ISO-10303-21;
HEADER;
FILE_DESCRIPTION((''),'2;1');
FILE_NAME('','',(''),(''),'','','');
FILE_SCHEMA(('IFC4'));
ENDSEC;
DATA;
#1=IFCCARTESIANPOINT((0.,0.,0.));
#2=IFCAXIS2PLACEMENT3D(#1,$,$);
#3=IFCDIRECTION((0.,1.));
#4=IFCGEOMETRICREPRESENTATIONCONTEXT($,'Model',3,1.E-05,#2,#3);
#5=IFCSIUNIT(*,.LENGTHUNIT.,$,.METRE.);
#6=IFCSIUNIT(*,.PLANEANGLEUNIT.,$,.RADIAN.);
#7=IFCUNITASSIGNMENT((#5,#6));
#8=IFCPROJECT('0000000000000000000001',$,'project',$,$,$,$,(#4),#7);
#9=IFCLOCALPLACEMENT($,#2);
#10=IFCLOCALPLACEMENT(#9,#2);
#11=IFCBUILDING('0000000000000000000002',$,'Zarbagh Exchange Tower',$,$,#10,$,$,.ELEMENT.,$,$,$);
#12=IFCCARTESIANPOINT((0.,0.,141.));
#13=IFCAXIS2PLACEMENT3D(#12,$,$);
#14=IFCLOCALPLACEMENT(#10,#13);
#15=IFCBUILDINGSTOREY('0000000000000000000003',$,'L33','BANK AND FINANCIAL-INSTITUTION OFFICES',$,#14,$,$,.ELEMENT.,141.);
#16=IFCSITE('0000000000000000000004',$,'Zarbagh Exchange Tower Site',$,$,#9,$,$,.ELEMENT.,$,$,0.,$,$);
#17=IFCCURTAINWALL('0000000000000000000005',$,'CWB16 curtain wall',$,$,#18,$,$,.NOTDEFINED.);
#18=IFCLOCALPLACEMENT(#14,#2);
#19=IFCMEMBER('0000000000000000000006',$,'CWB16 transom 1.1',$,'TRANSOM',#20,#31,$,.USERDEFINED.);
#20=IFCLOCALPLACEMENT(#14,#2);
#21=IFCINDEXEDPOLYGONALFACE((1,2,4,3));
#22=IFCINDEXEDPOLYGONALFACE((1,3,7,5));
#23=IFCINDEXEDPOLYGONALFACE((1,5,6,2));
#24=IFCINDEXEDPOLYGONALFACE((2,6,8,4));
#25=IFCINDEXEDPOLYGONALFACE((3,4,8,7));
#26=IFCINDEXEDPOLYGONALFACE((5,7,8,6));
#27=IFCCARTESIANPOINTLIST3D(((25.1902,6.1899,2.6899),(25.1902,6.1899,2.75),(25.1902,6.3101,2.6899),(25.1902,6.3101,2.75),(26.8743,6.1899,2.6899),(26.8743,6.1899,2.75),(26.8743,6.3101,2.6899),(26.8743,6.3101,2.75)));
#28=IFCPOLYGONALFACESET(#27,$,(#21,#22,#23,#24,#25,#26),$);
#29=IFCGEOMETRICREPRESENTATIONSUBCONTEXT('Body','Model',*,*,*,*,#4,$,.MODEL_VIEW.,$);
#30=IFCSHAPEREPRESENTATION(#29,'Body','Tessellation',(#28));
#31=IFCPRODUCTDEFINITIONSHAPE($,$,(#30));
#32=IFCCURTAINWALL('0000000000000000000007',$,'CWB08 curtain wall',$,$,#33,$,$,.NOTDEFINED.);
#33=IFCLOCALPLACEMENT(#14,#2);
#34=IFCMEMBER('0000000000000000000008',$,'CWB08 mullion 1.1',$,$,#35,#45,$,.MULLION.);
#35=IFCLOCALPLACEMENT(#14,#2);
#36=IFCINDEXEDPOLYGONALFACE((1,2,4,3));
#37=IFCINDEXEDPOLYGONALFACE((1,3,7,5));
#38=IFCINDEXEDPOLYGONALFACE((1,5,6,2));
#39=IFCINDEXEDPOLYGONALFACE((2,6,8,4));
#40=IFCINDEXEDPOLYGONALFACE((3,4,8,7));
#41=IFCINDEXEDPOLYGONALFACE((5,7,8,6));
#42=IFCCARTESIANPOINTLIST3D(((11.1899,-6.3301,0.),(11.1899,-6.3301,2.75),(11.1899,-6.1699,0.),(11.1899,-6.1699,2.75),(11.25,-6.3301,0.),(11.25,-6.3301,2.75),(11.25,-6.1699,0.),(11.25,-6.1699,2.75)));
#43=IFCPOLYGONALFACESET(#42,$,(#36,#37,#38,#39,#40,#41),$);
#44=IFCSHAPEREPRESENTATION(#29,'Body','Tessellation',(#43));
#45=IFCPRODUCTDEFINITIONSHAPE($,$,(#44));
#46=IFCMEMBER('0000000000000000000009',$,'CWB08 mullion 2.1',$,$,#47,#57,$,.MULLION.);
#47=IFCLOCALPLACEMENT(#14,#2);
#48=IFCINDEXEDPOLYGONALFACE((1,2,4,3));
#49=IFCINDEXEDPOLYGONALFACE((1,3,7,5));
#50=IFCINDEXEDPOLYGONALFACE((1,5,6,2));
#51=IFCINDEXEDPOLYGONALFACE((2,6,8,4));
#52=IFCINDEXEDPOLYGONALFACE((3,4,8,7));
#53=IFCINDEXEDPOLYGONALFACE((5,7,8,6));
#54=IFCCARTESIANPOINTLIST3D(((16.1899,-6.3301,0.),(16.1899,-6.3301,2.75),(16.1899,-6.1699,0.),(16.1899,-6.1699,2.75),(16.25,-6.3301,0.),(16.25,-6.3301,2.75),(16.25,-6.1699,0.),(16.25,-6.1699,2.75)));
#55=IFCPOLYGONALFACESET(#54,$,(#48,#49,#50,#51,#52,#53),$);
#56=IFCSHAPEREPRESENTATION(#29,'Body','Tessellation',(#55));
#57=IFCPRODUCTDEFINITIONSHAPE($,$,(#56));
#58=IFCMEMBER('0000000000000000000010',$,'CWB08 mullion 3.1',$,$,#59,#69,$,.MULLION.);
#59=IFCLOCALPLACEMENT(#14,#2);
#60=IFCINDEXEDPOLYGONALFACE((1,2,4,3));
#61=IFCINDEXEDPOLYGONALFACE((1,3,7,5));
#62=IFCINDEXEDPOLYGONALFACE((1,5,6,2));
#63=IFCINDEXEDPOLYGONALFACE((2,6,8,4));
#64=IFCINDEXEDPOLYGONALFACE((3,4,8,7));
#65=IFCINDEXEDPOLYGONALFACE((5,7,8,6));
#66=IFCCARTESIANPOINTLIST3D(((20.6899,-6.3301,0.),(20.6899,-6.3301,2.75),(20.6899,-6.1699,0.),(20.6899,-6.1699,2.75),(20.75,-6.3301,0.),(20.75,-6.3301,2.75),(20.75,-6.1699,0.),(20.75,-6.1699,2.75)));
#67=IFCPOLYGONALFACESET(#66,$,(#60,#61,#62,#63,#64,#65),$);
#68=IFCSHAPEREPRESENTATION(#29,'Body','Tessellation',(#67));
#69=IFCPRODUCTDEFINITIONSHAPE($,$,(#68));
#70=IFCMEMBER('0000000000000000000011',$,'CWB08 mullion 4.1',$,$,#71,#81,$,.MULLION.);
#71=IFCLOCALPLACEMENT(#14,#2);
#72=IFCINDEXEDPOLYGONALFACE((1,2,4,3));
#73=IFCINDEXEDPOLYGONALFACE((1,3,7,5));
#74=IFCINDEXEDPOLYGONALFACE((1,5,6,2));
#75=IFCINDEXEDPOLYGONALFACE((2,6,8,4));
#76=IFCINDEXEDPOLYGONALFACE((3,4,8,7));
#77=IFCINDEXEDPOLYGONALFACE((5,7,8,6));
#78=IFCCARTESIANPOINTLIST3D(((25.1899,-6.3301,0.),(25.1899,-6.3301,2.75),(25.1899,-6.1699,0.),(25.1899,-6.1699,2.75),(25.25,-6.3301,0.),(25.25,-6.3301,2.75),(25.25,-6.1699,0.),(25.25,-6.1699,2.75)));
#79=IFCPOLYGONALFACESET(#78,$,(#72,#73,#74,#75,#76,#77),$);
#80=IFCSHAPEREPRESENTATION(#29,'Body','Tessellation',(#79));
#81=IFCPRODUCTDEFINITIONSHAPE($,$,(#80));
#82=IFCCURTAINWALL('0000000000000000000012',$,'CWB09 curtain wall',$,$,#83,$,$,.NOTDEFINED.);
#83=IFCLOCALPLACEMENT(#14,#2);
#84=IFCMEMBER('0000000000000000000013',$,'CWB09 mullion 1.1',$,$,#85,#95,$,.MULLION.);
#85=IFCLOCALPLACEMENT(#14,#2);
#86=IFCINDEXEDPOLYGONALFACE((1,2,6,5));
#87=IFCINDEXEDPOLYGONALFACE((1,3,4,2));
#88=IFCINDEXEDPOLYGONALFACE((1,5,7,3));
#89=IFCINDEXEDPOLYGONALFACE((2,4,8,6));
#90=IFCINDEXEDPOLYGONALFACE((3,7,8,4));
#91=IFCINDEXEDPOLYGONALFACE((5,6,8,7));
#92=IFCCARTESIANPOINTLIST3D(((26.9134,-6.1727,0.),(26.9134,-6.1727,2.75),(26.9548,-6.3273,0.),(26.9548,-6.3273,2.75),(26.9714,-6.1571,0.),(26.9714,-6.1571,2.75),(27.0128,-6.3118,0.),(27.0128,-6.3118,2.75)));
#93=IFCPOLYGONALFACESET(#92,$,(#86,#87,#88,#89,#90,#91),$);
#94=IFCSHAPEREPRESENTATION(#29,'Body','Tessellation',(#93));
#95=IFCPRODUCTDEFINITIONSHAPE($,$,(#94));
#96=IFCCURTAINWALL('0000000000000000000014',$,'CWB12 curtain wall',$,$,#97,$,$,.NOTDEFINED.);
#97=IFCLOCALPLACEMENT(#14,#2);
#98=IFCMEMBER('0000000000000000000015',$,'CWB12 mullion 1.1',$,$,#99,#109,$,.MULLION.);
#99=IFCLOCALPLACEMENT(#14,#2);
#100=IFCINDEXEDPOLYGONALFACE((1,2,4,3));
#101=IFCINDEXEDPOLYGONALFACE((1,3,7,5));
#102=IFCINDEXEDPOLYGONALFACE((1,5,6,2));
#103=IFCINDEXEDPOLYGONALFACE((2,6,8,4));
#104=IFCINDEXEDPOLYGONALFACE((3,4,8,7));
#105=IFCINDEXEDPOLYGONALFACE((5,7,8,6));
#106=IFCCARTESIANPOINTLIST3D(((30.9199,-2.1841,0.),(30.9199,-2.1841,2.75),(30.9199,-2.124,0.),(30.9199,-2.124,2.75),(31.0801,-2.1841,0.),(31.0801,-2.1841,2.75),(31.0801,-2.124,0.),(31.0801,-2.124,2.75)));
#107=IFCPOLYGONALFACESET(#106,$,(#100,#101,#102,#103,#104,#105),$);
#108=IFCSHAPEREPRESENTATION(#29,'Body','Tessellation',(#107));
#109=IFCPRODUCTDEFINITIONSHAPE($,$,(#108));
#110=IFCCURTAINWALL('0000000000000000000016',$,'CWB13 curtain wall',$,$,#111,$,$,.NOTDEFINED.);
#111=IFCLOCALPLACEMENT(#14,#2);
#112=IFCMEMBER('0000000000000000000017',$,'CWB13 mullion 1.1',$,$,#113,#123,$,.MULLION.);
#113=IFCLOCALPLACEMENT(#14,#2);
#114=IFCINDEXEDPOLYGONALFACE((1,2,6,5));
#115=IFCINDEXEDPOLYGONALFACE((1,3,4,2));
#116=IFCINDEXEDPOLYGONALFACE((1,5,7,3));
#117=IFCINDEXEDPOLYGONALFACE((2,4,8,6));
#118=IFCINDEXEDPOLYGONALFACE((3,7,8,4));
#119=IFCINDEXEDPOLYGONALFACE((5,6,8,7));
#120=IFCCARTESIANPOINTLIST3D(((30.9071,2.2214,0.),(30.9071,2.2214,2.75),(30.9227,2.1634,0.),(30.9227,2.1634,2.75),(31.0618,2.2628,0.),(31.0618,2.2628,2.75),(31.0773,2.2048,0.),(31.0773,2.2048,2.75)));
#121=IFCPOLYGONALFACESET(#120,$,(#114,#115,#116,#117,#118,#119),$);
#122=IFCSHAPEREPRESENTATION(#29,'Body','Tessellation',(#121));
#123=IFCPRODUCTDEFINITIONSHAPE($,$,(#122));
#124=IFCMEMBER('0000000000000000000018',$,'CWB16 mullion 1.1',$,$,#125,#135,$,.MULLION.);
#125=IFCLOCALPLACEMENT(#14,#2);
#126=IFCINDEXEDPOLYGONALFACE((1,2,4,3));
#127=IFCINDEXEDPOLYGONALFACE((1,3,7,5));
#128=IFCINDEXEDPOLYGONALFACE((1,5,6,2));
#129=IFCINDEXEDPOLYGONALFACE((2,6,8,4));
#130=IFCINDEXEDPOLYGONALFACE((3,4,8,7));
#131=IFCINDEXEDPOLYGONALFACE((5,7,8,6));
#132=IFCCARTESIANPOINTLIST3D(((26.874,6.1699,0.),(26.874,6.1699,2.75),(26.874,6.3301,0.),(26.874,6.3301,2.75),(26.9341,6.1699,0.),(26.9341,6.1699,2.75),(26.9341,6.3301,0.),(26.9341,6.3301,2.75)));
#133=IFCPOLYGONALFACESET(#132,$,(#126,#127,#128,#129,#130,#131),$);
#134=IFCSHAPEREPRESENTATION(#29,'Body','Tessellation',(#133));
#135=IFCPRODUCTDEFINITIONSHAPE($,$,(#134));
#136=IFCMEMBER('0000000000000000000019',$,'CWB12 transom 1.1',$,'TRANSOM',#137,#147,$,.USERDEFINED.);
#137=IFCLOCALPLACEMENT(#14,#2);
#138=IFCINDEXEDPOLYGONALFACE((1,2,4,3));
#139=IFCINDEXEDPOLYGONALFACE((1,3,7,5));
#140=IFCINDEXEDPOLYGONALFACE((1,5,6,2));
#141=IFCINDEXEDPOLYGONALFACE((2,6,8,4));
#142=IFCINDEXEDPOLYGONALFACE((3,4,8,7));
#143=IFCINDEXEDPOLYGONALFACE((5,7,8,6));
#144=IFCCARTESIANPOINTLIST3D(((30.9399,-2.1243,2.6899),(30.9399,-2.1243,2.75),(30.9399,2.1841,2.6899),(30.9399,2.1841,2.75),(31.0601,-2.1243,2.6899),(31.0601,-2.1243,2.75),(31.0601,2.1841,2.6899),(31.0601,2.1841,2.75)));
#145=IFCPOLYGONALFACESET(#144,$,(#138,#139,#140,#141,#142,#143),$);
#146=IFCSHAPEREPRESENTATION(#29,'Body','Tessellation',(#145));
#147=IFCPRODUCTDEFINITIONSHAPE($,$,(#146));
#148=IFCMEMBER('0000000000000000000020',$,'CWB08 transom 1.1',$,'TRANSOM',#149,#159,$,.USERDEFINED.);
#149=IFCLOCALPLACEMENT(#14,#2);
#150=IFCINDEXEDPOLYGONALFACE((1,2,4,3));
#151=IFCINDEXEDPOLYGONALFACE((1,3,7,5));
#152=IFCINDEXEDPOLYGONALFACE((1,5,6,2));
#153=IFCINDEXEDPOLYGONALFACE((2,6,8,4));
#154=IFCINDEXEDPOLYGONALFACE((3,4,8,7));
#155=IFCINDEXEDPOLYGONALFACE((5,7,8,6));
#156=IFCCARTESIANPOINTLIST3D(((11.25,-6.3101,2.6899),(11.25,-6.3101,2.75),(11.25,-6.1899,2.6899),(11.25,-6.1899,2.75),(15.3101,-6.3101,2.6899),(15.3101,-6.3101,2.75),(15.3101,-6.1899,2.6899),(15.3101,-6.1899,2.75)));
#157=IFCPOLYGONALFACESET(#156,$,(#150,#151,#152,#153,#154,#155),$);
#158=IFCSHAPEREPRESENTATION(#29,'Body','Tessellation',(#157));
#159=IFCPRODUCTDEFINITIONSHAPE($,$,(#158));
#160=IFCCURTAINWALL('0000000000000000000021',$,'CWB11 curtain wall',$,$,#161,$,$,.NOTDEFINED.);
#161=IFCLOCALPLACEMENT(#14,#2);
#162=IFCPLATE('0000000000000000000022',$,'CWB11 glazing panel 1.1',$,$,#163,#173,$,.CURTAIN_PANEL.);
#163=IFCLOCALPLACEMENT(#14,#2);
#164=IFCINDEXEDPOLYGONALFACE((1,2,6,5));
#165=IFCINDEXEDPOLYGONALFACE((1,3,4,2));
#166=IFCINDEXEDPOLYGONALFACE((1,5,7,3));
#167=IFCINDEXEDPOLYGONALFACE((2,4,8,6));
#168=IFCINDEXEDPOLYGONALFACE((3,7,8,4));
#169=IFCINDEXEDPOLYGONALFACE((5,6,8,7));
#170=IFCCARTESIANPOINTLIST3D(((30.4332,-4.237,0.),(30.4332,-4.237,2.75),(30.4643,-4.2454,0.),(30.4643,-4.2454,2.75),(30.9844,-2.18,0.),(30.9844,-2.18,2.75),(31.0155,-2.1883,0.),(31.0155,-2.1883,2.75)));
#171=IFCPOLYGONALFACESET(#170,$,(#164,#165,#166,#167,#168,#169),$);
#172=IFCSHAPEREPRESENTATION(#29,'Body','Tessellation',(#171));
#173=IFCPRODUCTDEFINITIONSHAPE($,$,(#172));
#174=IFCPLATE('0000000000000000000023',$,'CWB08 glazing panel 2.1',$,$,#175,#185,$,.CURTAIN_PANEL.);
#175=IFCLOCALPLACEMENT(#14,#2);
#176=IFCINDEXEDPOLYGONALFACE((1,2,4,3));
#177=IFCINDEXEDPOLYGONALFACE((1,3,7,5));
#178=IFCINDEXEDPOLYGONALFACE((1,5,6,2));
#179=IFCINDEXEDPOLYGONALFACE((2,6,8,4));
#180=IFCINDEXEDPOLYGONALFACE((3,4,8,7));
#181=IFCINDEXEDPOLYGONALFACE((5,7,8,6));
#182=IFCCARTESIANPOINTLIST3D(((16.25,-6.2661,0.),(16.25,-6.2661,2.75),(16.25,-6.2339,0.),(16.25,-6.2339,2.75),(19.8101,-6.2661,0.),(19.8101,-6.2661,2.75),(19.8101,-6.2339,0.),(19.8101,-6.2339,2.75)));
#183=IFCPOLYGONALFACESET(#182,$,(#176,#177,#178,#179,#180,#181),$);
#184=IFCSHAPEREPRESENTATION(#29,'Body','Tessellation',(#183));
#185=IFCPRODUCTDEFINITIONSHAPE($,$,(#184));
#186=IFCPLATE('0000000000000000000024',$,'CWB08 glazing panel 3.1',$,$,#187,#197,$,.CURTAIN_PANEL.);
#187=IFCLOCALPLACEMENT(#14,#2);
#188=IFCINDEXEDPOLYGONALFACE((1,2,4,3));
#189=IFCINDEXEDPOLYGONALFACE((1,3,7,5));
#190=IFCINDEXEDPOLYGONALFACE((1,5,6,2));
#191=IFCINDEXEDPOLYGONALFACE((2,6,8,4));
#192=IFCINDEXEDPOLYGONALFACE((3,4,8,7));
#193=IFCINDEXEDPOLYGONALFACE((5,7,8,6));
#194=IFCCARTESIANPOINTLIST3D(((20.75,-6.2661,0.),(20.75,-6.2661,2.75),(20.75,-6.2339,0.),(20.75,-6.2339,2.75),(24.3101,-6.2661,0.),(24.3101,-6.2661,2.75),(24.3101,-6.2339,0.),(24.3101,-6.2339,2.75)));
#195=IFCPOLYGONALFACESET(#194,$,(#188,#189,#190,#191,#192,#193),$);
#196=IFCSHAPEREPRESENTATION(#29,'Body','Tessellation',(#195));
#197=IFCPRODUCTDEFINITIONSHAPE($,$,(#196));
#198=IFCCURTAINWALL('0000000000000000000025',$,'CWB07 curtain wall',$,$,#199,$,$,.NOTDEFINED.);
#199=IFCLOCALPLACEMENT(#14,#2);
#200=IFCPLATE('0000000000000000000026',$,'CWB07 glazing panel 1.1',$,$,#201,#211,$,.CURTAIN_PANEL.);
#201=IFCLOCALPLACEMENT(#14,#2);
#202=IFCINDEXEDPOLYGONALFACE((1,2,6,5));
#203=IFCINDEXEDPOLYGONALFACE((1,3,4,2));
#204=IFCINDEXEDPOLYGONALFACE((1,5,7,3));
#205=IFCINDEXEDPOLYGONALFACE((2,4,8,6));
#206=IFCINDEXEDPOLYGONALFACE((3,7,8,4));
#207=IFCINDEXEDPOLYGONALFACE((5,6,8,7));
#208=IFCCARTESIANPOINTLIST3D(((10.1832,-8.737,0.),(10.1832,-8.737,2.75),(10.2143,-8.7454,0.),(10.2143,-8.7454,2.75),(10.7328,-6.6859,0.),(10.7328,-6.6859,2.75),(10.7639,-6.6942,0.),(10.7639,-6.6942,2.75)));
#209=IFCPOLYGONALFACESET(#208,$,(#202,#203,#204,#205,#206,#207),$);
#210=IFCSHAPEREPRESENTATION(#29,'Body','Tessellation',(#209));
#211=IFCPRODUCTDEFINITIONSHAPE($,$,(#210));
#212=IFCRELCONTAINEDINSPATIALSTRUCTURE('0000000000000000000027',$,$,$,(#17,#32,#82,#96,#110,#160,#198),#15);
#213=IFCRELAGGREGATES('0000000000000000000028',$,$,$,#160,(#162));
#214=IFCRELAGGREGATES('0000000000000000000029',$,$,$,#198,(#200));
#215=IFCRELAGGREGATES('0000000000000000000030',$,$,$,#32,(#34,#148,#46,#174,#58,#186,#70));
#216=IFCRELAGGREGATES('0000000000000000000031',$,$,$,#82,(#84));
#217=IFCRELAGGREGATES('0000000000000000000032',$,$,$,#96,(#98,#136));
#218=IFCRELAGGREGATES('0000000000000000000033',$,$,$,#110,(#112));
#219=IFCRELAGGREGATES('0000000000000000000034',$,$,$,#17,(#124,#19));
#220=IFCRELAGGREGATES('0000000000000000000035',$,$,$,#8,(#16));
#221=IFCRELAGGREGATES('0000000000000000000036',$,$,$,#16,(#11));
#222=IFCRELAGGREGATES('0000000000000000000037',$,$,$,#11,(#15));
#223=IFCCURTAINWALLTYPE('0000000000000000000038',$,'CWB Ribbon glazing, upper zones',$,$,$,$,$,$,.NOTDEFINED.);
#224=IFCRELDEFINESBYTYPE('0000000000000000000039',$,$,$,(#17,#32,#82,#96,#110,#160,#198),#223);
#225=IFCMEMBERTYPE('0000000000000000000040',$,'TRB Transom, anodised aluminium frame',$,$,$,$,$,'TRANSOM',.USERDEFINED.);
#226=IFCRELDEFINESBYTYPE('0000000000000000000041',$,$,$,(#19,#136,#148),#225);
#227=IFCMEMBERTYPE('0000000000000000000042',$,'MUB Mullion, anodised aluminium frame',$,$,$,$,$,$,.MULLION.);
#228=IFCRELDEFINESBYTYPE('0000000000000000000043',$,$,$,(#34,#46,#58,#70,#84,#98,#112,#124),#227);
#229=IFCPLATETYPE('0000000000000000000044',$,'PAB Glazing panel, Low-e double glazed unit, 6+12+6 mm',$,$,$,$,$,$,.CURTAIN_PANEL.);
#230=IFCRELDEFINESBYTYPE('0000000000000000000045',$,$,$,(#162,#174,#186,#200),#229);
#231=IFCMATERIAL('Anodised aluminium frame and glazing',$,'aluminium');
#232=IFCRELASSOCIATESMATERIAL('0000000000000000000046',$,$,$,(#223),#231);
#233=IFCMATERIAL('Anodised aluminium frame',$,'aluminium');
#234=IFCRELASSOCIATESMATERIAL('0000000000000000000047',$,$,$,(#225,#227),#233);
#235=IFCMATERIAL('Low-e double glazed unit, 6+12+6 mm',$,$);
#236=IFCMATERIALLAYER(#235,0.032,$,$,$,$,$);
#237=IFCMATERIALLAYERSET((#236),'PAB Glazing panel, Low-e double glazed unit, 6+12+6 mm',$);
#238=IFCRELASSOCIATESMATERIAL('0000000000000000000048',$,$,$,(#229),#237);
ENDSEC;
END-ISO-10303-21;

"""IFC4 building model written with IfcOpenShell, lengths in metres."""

from ifc_helpers import new_model, si_unit, direction, frame, origin, place, context, subcontext, project, spatial, polyline, outline, extrude, source, transform, mapped, material, layer, layer_set, type_object, element, aggregate, save


model = new_model("IFC4")

# Units and contexts
model_context = context("Model", 3, precision=1e-05, world=origin(), true_north=direction((0.0, 1.0)))
body_context = subcontext(model_context, "Body", "Model", "MODEL_VIEW")
ifc_project = project(units=[si_unit("LENGTHUNIT", "METRE"), si_unit("PLANEANGLEUNIT", "RADIAN")], contexts=[model_context])

# Site, building, storey
site_placement = place(None, origin())
site = spatial("IfcSite", under=ifc_project, at=site_placement, Name="Zarbagh Exchange Tower Site", CompositionType="ELEMENT", RefElevation=0.0)
building_placement = place(site_placement, origin())
building = spatial("IfcBuilding", under=site, at=building_placement, Name="Zarbagh Exchange Tower", CompositionType="ELEMENT")
storey_placement = place(building_placement, frame((0.0, 0.0, 141.0)))
storey = spatial("IfcBuildingStorey", under=building, at=storey_placement, Name="L33", Description="BANK AND FINANCIAL-INSTITUTION OFFICES", CompositionType="ELEMENT", Elevation=141.0)

# Curtain wall, member
ifc_material_1 = material(Name="Anodised aluminium frame and glazing", Category="aluminium")
curtain_wall_type = type_object("IfcCurtainWallType", Name="CWB Ribbon glazing, upper zones", PredefinedType="NOTDEFINED", material=ifc_material_1)
curtain_wall_1_placement = place(storey_placement, origin())
curtain_wall_1 = element("IfcCurtainWall", 1, at=curtain_wall_1_placement, inside=storey, type_object=curtain_wall_type, Name="CWB16 curtain wall", PredefinedType="NOTDEFINED")
ifc_material_2 = material(Name="Anodised aluminium frame", Category="aluminium")
member_type_1 = type_object("IfcMemberType", Name="TRB Transom, anodised aluminium frame", ElementType="TRANSOM", PredefinedType="USERDEFINED", material=ifc_material_2)
shared_shape_1 = source(origin(), body_context, "Body", "SweptSolid", [
    extrude(outline(polyline([(-0.0601, -0.0601), (0.0, -0.0601), (0.0, 0.0601), (-0.0601, 0.0601), (-0.0601, -0.0601)])), origin(), (0.0, 0.0, 1.0), 1.6841),
])
placement = place(storey_placement, origin())
member_1 = element("IfcMember", 2, at=placement, type_object=member_type_1, Name="CWB16 transom 1.1", ObjectType="TRANSOM", PredefinedType="USERDEFINED", context=body_context, shape_type="MappedRepresentation", body=[
    mapped(shared_shape_1, transform((26.8743, 6.25, 2.75), x_axis=(0.0, 0.0, 1.0), y_axis=(0.0, 1.0, 0.0), z_axis=(-1.0, 0.0, 0.0))),
])

# Curtain wall, members
curtain_wall_2_placement = place(storey_placement, origin())
curtain_wall_2 = element("IfcCurtainWall", 3, at=curtain_wall_2_placement, inside=storey, type_object=curtain_wall_type, Name="CWB08 curtain wall", PredefinedType="NOTDEFINED")
member_type_2 = type_object("IfcMemberType", Name="MUB Mullion, anodised aluminium frame", PredefinedType="MULLION", material=ifc_material_2)
shared_shape_2 = source(origin(), body_context, "Body", "SweptSolid", [
    extrude(outline(polyline([(0.0, -0.0801), (0.0601, -0.0801), (0.0601, 0.0801), (0.0, 0.0801), (0.0, -0.0801)])), origin(), (0.0, 0.0, 1.0), 2.75),
])
member_2 = element("IfcMember", 4, at=placement, type_object=member_type_2, Name="CWB08 mullion 1.1", PredefinedType="MULLION", context=body_context, shape_type="MappedRepresentation", body=[
    mapped(shared_shape_2, transform((11.1899, -6.25, 0.0), x_axis=(1.0, 0.0, 0.0), y_axis=(0.0, 1.0, 0.0), z_axis=(0.0, 0.0, 1.0))),
])
member_3 = element("IfcMember", 5, at=placement, type_object=member_type_2, Name="CWB08 mullion 2.1", PredefinedType="MULLION", context=body_context, shape_type="MappedRepresentation", body=[
    mapped(shared_shape_2, transform((16.1899, -6.25, 0.0), x_axis=(1.0, 0.0, 0.0), y_axis=(0.0, 1.0, 0.0), z_axis=(0.0, 0.0, 1.0))),
])
member_4 = element("IfcMember", 6, at=placement, type_object=member_type_2, Name="CWB08 mullion 3.1", PredefinedType="MULLION", context=body_context, shape_type="MappedRepresentation", body=[
    mapped(shared_shape_2, transform((20.6899, -6.25, 0.0), x_axis=(1.0, 0.0, 0.0), y_axis=(0.0, 1.0, 0.0), z_axis=(0.0, 0.0, 1.0))),
])
member_5 = element("IfcMember", 7, at=placement, type_object=member_type_2, Name="CWB08 mullion 4.1", PredefinedType="MULLION", context=body_context, shape_type="MappedRepresentation", body=[
    mapped(shared_shape_2, transform((25.1899, -6.25, 0.0), x_axis=(1.0, 0.0, 0.0), y_axis=(0.0, 1.0, 0.0), z_axis=(0.0, 0.0, 1.0))),
])

# Curtain walls, members
curtain_wall_3_placement = place(storey_placement, origin())
curtain_wall_3 = element("IfcCurtainWall", 8, at=curtain_wall_3_placement, inside=storey, type_object=curtain_wall_type, Name="CWB09 curtain wall", PredefinedType="NOTDEFINED")
member_6 = element("IfcMember", 9, at=placement, type_object=member_type_2, Name="CWB09 mullion 1.1", PredefinedType="MULLION", context=body_context, shape_type="MappedRepresentation", body=[
    mapped(shared_shape_2, transform((26.9341, -6.25, 0.0), x_axis=(0.965924, 0.258825, 0.0), y_axis=(-0.258825, 0.965924, 0.0), z_axis=(0.0, 0.0, 1.0))),
])
curtain_wall_4_placement = place(storey_placement, origin())
curtain_wall_4 = element("IfcCurtainWall", 10, at=curtain_wall_4_placement, inside=storey, type_object=curtain_wall_type, Name="CWB12 curtain wall", PredefinedType="NOTDEFINED")
member_7 = element("IfcMember", 11, at=placement, type_object=member_type_2, Name="CWB12 mullion 1.1", PredefinedType="MULLION", context=body_context, shape_type="MappedRepresentation", body=[
    mapped(shared_shape_2, transform((31.0, -2.1841, 0.0), x_axis=(0.0, 1.0, 0.0), y_axis=(-1.0, 0.0, 0.0), z_axis=(0.0, 0.0, 1.0))),
])
curtain_wall_5_placement = place(storey_placement, origin())
curtain_wall_5 = element("IfcCurtainWall", 12, at=curtain_wall_5_placement, inside=storey, type_object=curtain_wall_type, Name="CWB13 curtain wall", PredefinedType="NOTDEFINED")
member_8 = element("IfcMember", 13, at=placement, type_object=member_type_2, Name="CWB13 mullion 1.1", PredefinedType="MULLION", context=body_context, shape_type="MappedRepresentation", body=[
    mapped(shared_shape_2, transform((31.0, 2.1841, 0.0), x_axis=(-0.258825, 0.965924, 0.0), y_axis=(-0.965924, -0.258825, 0.0), z_axis=(0.0, 0.0, 1.0))),
])

# Members
member_9 = element("IfcMember", 14, at=placement, type_object=member_type_2, Name="CWB16 mullion 1.1", PredefinedType="MULLION", context=body_context, shape_type="MappedRepresentation", body=[
    mapped(shared_shape_2, transform((26.9341, 6.25, 0.0), x_axis=(-1.0, 0.0, 0.0), y_axis=(0.0, -1.0, 0.0), z_axis=(0.0, 0.0, 1.0))),
])
shared_shape_3 = source(origin(), body_context, "Body", "SweptSolid", [
    extrude(outline(polyline([(-0.0601, -0.0601), (0.0, -0.0601), (0.0, 0.0601), (-0.0601, 0.0601), (-0.0601, -0.0601)])), origin(), (0.0, 0.0, 1.0), 4.3083),
])
member_10 = element("IfcMember", 15, at=placement, type_object=member_type_1, Name="CWB12 transom 1.1", ObjectType="TRANSOM", PredefinedType="USERDEFINED", context=body_context, shape_type="MappedRepresentation", body=[
    mapped(shared_shape_3, transform((31.0, -2.1243, 2.75), x_axis=(0.0, 0.0, 1.0), y_axis=(1.0, 0.0, 0.0), z_axis=(0.0, 1.0, 0.0))),
])
shared_shape_4 = source(origin(), body_context, "Body", "SweptSolid", [
    extrude(outline(polyline([(-0.0601, -0.0601), (0.0, -0.0601), (0.0, 0.0601), (-0.0601, 0.0601), (-0.0601, -0.0601)])), origin(), (0.0, 0.0, 1.0), 4.0601),
])
member_11 = element("IfcMember", 16, at=placement, type_object=member_type_1, Name="CWB08 transom 1.1", ObjectType="TRANSOM", PredefinedType="USERDEFINED", context=body_context, shape_type="MappedRepresentation", body=[
    mapped(shared_shape_4, transform((11.25, -6.25, 2.75), x_axis=(0.0, 0.0, 1.0), y_axis=(0.0, -1.0, 0.0), z_axis=(1.0, 0.0, 0.0))),
])

# Curtain wall, plate
curtain_wall_6_placement = place(storey_placement, origin())
curtain_wall_6 = element("IfcCurtainWall", 17, at=curtain_wall_6_placement, inside=storey, type_object=curtain_wall_type, Name="CWB11 curtain wall", PredefinedType="NOTDEFINED")
ifc_material_3 = material(Name="Low-e double glazed unit, 6+12+6 mm")
ifc_layer = layer(ifc_material_3, 0.032)
ifc_layer_set = layer_set([ifc_layer], Name="PAB Glazing panel, Low-e double glazed unit, 6+12+6 mm")
plate_type = type_object("IfcPlateType", Name="PAB Glazing panel, Low-e double glazed unit, 6+12+6 mm", PredefinedType="CURTAIN_PANEL", material=ifc_layer_set)
shared_shape_5 = source(origin(), body_context, "Body", "SweptSolid", [
    extrude(outline(polyline([(0.0, -0.0161), (2.1296, -0.0161), (2.1296, 0.0161), (0.0, 0.0161), (0.0, -0.0161)])), origin(), (0.0, 0.0, 1.0), 2.75),
])
plate_1 = element("IfcPlate", 18, at=placement, type_object=plate_type, Name="CWB11 glazing panel 1.1", PredefinedType="CURTAIN_PANEL", context=body_context, shape_type="MappedRepresentation", body=[
    mapped(shared_shape_5, transform((30.4487, -4.2412, 0.0), x_axis=(0.258825, 0.965924, 0.0), y_axis=(-0.965924, 0.258825, 0.0), z_axis=(0.0, 0.0, 1.0))),
])
aggregate(curtain_wall_6, [plate_1])

# Plates
shared_shape_6 = source(origin(), body_context, "Body", "SweptSolid", [
    extrude(outline(polyline([(0.0, -0.0161), (3.5601, -0.0161), (3.5601, 0.0161), (0.0, 0.0161), (0.0, -0.0161)])), origin(), (0.0, 0.0, 1.0), 2.75),
])
plate_2 = element("IfcPlate", 19, at=placement, type_object=plate_type, Name="CWB08 glazing panel 2.1", PredefinedType="CURTAIN_PANEL", context=body_context, shape_type="MappedRepresentation", body=[
    mapped(shared_shape_6, transform((16.25, -6.25, 0.0), x_axis=(1.0, 0.0, 0.0), y_axis=(0.0, 1.0, 0.0), z_axis=(0.0, 0.0, 1.0))),
])
plate_3 = element("IfcPlate", 20, at=placement, type_object=plate_type, Name="CWB08 glazing panel 3.1", PredefinedType="CURTAIN_PANEL", context=body_context, shape_type="MappedRepresentation", body=[
    mapped(shared_shape_6, transform((20.75, -6.25, 0.0), x_axis=(1.0, 0.0, 0.0), y_axis=(0.0, 1.0, 0.0), z_axis=(0.0, 0.0, 1.0))),
])

# Curtain wall, plate
curtain_wall_7_placement = place(storey_placement, origin())
curtain_wall_7 = element("IfcCurtainWall", 21, at=curtain_wall_7_placement, inside=storey, type_object=curtain_wall_type, Name="CWB07 curtain wall", PredefinedType="NOTDEFINED")
shared_shape_7 = source(origin(), body_context, "Body", "SweptSolid", [
    extrude(outline(polyline([(0.0, -0.0161), (2.1235, -0.0161), (2.1235, 0.0161), (0.0, 0.0161), (0.0, -0.0161)])), origin(), (0.0, 0.0, 1.0), 2.75),
])
plate_4 = element("IfcPlate", 22, at=placement, type_object=plate_type, Name="CWB07 glazing panel 1.1", PredefinedType="CURTAIN_PANEL", context=body_context, shape_type="MappedRepresentation", body=[
    mapped(shared_shape_7, transform((10.1987, -8.7412, 0.0), x_axis=(0.258825, 0.965924, 0.0), y_axis=(-0.965924, 0.258825, 0.0), z_axis=(0.0, 0.0, 1.0))),
])
aggregate(curtain_wall_7, [plate_4])

aggregate(curtain_wall_2, [member_2, member_11, member_3, plate_2, member_4, plate_3, member_5])
aggregate(curtain_wall_3, [member_6])

aggregate(curtain_wall_4, [member_7, member_10])
aggregate(curtain_wall_5, [member_8])

aggregate(curtain_wall_1, [member_9, member_1])

save(model, "model.ifc")
